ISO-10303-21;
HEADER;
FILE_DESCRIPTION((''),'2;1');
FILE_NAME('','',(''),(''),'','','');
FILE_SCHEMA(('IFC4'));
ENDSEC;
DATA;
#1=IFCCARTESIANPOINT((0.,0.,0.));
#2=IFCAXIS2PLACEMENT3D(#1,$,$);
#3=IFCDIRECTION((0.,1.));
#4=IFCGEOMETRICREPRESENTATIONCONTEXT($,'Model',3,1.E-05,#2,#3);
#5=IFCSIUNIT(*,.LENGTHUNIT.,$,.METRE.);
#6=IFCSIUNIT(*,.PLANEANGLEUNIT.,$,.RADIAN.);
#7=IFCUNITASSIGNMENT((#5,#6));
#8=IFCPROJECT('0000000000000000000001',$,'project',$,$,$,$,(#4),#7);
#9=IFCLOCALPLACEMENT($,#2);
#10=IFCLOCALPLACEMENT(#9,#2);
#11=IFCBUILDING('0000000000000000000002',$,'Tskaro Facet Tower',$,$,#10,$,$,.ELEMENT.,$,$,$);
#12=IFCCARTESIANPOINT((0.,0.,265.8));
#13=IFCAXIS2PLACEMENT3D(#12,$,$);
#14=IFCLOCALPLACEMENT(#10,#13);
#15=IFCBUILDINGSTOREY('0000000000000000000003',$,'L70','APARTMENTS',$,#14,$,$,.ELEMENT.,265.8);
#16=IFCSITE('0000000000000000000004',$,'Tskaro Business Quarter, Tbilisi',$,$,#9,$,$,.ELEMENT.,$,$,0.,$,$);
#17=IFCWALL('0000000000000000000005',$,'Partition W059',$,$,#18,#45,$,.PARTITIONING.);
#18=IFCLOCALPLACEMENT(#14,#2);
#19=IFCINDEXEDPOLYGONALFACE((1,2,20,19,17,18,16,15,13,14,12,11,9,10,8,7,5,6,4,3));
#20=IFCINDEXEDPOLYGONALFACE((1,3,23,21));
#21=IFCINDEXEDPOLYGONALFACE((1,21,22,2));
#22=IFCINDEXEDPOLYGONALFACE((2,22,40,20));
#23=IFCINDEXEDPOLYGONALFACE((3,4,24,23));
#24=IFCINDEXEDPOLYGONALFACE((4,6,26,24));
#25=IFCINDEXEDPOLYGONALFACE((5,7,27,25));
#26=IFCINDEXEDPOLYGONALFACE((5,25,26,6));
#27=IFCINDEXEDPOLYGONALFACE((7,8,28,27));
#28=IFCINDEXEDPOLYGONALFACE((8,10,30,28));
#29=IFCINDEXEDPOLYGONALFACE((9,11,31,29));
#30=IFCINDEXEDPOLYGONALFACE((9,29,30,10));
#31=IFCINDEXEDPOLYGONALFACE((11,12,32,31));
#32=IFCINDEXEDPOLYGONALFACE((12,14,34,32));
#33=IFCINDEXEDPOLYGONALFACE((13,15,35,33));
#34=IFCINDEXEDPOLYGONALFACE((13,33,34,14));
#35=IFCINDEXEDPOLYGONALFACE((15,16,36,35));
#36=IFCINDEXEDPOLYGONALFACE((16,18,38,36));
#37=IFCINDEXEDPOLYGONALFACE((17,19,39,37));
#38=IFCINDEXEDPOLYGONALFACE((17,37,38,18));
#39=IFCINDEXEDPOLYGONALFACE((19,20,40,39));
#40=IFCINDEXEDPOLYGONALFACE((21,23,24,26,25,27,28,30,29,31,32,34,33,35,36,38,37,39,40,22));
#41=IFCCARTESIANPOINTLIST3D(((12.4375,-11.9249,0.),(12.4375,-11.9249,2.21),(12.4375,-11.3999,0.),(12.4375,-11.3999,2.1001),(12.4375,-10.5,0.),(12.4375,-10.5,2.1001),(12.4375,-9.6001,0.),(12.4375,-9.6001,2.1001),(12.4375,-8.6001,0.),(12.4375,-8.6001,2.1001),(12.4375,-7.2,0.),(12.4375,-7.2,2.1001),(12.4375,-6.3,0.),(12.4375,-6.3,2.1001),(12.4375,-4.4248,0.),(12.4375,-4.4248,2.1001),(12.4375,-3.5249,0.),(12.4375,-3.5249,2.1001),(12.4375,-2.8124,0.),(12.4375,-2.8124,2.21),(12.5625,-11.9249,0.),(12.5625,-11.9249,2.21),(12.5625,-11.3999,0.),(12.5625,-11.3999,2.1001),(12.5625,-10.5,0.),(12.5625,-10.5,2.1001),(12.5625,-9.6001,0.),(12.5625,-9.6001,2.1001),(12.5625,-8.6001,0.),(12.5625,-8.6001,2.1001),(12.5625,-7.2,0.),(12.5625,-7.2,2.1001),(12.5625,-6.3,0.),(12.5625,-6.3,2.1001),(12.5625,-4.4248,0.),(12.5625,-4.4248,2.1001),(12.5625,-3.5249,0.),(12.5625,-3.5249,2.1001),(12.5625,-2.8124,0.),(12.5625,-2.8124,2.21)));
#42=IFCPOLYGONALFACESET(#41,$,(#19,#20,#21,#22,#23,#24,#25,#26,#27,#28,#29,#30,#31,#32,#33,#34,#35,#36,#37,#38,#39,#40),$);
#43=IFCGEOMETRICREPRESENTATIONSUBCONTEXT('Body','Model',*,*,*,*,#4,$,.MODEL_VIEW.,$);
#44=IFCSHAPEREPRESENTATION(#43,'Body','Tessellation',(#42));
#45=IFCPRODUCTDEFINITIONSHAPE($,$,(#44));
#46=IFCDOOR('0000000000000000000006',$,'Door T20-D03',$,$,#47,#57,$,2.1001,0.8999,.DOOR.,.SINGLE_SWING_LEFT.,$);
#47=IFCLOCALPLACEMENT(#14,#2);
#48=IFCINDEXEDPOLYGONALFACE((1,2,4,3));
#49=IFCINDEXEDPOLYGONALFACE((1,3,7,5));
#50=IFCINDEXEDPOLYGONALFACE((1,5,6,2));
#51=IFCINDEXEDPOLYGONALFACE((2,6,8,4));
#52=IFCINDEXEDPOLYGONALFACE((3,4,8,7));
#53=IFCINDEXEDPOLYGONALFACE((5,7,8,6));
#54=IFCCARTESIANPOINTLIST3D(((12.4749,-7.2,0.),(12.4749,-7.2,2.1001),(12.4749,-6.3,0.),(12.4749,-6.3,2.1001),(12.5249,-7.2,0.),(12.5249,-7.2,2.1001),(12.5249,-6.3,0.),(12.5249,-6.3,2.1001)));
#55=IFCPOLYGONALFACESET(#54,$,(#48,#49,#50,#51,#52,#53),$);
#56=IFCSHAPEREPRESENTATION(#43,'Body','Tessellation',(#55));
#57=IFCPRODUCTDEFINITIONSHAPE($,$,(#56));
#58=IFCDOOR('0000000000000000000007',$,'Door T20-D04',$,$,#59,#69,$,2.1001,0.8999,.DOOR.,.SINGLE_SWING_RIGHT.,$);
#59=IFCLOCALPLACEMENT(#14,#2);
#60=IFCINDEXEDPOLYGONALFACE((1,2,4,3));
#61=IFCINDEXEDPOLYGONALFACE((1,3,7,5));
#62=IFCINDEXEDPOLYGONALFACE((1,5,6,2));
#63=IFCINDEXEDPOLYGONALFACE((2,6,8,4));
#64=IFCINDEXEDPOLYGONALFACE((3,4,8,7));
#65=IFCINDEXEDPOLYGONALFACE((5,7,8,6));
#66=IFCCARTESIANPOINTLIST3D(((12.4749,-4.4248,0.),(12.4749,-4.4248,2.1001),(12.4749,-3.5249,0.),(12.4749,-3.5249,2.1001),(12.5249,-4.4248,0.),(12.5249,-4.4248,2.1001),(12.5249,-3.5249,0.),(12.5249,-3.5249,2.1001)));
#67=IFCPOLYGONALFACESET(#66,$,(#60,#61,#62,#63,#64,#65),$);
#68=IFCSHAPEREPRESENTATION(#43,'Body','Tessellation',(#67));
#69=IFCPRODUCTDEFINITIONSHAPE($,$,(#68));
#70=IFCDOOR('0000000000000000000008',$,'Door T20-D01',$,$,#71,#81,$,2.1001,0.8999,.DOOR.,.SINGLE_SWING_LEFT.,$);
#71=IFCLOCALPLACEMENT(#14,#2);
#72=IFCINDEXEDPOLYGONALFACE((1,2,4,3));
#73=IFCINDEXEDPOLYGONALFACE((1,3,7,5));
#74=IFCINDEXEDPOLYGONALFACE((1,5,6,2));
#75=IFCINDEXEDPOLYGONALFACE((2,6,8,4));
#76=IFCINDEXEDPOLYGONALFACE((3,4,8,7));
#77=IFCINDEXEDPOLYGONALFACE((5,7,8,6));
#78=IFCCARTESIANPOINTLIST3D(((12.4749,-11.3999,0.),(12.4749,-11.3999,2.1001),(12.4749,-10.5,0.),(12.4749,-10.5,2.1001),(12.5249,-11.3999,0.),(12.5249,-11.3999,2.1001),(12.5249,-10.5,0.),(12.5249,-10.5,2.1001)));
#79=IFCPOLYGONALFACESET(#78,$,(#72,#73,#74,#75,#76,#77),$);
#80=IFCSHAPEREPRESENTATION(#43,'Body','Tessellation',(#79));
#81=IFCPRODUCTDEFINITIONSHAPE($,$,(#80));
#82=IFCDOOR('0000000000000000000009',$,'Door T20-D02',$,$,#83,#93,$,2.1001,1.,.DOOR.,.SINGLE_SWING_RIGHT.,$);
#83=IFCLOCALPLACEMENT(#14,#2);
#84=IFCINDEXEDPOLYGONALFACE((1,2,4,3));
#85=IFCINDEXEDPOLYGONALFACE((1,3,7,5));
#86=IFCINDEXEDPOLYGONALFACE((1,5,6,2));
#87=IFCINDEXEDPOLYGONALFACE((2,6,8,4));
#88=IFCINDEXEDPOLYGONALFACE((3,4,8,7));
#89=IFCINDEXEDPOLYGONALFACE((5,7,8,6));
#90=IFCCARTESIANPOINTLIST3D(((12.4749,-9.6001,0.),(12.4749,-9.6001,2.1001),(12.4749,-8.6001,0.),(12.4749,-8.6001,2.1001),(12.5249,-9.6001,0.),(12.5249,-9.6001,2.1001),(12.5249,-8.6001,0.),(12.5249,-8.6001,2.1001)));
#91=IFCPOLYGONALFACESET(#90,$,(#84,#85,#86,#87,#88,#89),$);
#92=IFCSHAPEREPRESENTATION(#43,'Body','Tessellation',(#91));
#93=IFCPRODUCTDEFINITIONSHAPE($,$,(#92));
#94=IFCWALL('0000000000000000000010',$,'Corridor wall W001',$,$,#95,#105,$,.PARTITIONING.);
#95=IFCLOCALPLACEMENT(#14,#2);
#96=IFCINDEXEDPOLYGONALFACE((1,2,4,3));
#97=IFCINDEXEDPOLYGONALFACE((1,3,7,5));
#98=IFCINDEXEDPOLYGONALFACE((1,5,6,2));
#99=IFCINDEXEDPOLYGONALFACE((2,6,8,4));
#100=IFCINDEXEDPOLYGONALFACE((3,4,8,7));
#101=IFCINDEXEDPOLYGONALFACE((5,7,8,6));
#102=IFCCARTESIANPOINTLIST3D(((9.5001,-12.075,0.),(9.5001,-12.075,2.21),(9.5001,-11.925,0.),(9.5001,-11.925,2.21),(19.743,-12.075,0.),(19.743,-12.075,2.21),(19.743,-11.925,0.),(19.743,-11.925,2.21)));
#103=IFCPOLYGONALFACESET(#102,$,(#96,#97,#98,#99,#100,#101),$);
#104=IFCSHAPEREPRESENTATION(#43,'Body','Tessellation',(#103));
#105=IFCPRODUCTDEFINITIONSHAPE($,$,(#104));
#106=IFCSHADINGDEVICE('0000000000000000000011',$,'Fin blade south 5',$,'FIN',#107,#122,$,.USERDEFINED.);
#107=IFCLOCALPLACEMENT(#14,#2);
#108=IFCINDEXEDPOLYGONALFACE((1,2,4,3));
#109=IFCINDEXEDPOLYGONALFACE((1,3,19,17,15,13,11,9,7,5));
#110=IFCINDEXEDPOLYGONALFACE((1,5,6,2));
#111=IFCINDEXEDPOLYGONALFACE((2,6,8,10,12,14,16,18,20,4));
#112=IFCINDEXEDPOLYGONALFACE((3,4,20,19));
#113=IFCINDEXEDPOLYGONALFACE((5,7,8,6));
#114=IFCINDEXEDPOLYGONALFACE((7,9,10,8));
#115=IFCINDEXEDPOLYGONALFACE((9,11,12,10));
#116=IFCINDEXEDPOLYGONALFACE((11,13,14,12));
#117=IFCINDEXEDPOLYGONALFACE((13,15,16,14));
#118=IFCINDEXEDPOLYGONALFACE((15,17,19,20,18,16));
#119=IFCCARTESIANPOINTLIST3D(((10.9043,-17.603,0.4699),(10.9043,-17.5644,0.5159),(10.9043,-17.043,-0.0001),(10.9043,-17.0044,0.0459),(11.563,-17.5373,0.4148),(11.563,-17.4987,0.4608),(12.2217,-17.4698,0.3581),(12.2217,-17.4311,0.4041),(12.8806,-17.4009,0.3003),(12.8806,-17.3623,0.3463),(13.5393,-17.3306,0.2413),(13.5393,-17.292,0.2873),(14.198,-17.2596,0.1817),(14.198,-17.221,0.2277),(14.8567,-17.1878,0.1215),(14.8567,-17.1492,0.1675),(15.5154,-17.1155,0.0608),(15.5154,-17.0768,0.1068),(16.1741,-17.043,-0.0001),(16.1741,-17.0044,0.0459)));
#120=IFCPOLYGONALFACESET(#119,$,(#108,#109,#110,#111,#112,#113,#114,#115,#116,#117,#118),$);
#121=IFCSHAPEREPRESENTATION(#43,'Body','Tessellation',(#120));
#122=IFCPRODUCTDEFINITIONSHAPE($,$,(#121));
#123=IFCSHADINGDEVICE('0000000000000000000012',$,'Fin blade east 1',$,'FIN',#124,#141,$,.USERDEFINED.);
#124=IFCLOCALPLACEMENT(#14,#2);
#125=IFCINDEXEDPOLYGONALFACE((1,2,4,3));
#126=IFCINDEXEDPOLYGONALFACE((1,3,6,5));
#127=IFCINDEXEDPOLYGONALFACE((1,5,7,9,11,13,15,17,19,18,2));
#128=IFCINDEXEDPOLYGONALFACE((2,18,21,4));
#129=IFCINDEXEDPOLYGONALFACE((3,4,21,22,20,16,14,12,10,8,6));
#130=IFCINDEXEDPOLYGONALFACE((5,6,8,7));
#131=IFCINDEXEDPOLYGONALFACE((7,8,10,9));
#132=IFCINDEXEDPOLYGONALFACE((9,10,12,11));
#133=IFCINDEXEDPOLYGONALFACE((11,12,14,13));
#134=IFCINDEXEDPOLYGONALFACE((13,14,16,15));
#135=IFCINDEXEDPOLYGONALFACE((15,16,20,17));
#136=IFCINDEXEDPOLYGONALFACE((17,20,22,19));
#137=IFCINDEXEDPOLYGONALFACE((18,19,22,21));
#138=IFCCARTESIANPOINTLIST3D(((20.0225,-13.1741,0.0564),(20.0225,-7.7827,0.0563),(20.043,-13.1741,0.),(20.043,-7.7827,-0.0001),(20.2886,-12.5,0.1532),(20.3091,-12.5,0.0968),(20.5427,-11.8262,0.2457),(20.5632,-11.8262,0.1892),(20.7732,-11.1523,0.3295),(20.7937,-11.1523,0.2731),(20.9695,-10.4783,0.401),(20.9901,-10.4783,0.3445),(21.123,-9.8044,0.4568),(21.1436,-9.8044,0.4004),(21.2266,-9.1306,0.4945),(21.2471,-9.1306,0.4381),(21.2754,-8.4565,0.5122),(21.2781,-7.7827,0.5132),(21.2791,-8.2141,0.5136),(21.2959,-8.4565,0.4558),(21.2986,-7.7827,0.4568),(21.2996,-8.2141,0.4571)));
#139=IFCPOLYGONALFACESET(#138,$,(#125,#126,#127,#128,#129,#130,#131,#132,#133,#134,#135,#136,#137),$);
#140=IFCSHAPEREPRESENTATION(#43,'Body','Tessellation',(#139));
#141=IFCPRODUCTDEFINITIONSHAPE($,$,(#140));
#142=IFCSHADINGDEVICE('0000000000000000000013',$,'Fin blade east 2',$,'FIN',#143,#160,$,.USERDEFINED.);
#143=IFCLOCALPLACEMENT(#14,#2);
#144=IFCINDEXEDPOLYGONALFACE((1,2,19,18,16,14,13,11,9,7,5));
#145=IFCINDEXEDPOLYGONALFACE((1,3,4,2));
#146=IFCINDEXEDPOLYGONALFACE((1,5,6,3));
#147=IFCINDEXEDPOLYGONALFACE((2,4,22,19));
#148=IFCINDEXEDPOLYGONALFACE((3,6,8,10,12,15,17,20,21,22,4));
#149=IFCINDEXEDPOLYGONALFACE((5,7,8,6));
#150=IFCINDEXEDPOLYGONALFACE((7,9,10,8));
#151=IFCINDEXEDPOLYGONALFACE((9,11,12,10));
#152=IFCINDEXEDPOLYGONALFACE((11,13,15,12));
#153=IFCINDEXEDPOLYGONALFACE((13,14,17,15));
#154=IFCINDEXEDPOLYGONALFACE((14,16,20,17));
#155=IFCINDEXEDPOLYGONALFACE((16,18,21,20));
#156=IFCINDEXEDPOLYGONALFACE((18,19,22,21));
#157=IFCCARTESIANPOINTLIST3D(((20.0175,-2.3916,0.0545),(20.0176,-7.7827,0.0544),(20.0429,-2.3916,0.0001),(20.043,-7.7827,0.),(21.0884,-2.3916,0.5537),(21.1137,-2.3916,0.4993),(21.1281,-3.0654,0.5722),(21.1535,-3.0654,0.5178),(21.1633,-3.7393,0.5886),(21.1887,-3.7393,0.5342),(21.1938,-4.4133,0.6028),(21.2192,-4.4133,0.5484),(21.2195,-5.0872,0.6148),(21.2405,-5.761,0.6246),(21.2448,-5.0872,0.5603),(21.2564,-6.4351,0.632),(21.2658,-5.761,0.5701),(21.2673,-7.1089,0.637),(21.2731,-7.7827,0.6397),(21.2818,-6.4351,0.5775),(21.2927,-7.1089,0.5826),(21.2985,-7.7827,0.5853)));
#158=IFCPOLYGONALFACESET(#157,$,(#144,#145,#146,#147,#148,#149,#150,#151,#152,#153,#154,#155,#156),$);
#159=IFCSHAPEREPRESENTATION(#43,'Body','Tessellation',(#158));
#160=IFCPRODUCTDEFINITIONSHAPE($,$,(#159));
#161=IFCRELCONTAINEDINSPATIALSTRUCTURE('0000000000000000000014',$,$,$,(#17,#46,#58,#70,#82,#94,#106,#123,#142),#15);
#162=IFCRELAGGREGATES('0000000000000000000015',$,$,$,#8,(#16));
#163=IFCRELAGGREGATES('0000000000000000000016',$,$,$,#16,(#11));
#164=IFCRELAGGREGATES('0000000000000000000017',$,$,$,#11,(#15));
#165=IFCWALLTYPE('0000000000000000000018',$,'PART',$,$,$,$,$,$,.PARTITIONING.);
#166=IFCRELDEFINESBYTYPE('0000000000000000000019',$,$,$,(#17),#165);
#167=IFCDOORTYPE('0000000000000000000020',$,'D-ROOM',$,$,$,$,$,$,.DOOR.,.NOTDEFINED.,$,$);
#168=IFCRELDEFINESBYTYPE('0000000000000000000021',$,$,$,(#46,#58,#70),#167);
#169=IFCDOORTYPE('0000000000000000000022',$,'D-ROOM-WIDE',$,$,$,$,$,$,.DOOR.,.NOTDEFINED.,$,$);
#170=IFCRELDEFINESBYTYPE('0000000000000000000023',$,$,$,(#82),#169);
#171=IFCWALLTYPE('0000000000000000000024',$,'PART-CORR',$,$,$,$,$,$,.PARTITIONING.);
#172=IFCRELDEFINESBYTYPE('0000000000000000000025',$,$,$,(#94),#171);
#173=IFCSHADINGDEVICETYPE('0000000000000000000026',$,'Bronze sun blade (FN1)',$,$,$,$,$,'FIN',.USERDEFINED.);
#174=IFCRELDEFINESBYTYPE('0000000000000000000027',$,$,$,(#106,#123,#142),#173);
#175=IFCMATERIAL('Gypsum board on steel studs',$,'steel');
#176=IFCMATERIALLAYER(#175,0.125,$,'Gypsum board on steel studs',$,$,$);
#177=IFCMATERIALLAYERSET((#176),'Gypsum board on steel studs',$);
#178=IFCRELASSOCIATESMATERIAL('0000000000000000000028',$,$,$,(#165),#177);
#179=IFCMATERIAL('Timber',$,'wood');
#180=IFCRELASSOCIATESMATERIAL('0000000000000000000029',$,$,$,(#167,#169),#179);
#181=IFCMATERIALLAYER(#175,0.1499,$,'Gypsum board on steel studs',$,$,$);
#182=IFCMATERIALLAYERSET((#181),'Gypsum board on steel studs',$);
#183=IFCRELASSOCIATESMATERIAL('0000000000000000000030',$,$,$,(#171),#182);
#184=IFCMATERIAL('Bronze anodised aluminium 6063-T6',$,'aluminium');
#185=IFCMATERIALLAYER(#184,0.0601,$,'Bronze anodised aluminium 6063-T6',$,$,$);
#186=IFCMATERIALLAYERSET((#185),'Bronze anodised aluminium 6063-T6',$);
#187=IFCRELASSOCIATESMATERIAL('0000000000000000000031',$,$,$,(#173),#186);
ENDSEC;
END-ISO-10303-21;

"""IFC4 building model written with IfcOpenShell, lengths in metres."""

from ifc_helpers import new_model, si_unit, direction, frame, frame_2d, origin, place, context, subcontext, project, spatial, polyline, rectangle, outline, extrude, material, layer, layer_set, type_object, element, fill, save


model = new_model("IFC4")

# Units and contexts
model_context = context("Model", 3, precision=1e-05, world=origin(), true_north=direction((0.0, 1.0)))
body_context = subcontext(model_context, "Body", "Model", "MODEL_VIEW")
ifc_project = project(units=[si_unit("LENGTHUNIT", "METRE"), si_unit("PLANEANGLEUNIT", "RADIAN")], contexts=[model_context])

# Site, building, storey
site_placement = place(None, origin())
site = spatial("IfcSite", under=ifc_project, at=site_placement, Name="Tskaro Business Quarter, Tbilisi", CompositionType="ELEMENT", RefElevation=0.0)
building_placement = place(site_placement, origin())
building = spatial("IfcBuilding", under=site, at=building_placement, Name="Tskaro Facet Tower", CompositionType="ELEMENT")
storey_placement = place(building_placement, frame((0.0, 0.0, 265.8)))
storey = spatial("IfcBuildingStorey", under=building, at=storey_placement, Name="L70", Description="APARTMENTS", CompositionType="ELEMENT", Elevation=265.8)

# Shared definitions
ifc_material_1 = material(Name="Bronze anodised aluminium 6063-T6", Category="aluminium")

# Shared definitions
ifc_material_2 = material(Name="Gypsum board on steel studs", Category="steel")
ifc_layer_1 = layer(ifc_material_2, 0.125, Name="Gypsum board on steel studs")
ifc_layer_set_1 = layer_set([ifc_layer_1], Name="Gypsum board on steel studs")
wall_type_1 = type_object("IfcWallType", Name="PART", PredefinedType="PARTITIONING", material=ifc_layer_set_1)

# Wall, openings, doors
wall_1_placement = place(storey_placement, frame((12.5, -2.8125, 0.0), z_axis=(0.0, 0.0, 1.0), x_axis=(0.0, -1.0, 0.0)))
wall_1 = element("IfcWall", 1, at=wall_1_placement, inside=storey, type_object=wall_type_1, Name="Partition W059", PredefinedType="PARTITIONING", context=body_context, shape_type="SweptSolid", body=[
    extrude(rectangle(XDim=9.1125, YDim=0.125, at=frame_2d((4.5562, 0.0))), origin(), (0.0, 0.0, 1.0), 2.21),
])
opening_1_placement = place(wall_1_placement, frame((3.4875, 0.0, 0.0)))
opening_1 = element("IfcOpeningElement", 2, at=opening_1_placement, cuts=wall_1, PredefinedType="OPENING", context=body_context, shape_type="SweptSolid", body=[
    extrude(rectangle(XDim=0.8999, YDim=2.1001, at=frame_2d((0.45, 1.05))), frame((0.0, 0.0725, 0.0), z_axis=(0.0, -1.0, 0.0), x_axis=(1.0, 0.0, 0.0)), (0.0, 0.0, 1.0), 0.145),
])
opening_2_placement = place(wall_1_placement, frame((0.7124, 0.0, 0.0)))
opening_2 = element("IfcOpeningElement", 3, at=opening_2_placement, cuts=wall_1, PredefinedType="OPENING", context=body_context, shape_type="SweptSolid", body=[
    extrude(rectangle(XDim=0.8999, YDim=2.1001, at=frame_2d((0.45, 1.05))), frame((0.0, 0.0725, 0.0), z_axis=(0.0, -1.0, 0.0), x_axis=(1.0, 0.0, 0.0)), (0.0, 0.0, 1.0), 0.145),
])
opening_3_placement = place(wall_1_placement, frame((5.7876, 0.0, 0.0)))
opening_3 = element("IfcOpeningElement", 4, at=opening_3_placement, cuts=wall_1, PredefinedType="OPENING", context=body_context, shape_type="SweptSolid", body=[
    extrude(rectangle(XDim=1.0, YDim=2.1001, at=frame_2d((0.5, 1.05))), frame((0.0, 0.0725, 0.0), z_axis=(0.0, -1.0, 0.0), x_axis=(1.0, 0.0, 0.0)), (0.0, 0.0, 1.0), 0.145),
])
opening_4_placement = place(wall_1_placement, frame((7.6875, 0.0, 0.0)))
opening_4 = element("IfcOpeningElement", 5, at=opening_4_placement, cuts=wall_1, PredefinedType="OPENING", context=body_context, shape_type="SweptSolid", body=[
    extrude(rectangle(XDim=0.8999, YDim=2.1001, at=frame_2d((0.45, 1.05))), frame((0.0, 0.0725, 0.0), z_axis=(0.0, -1.0, 0.0), x_axis=(1.0, 0.0, 0.0)), (0.0, 0.0, 1.0), 0.145),
])
ifc_material_3 = material(Name="Timber", Category="wood")
door_type_1 = type_object("IfcDoorType", Name="D-ROOM", OperationType="NOTDEFINED", PredefinedType="DOOR", material=ifc_material_3)
door_1_placement = place(opening_1_placement, origin())
door_1 = element("IfcDoor", 6, at=door_1_placement, inside=storey, type_object=door_type_1, Name="Door T20-D03", OperationType="SINGLE_SWING_LEFT", OverallHeight=2.1001, OverallWidth=0.8999, PredefinedType="DOOR", context=body_context, shape_type="SweptSolid", body=[
    extrude(rectangle(XDim=0.8999, YDim=2.1001, at=frame_2d((0.45, 1.05))), frame((0.0, 0.0249, 0.0), z_axis=(0.0, -1.0, 0.0), x_axis=(1.0, 0.0, 0.0)), (0.0, 0.0, 1.0), 0.05),
])
fill(opening_1, door_1)
door_2_placement = place(opening_2_placement, origin())
door_2 = element("IfcDoor", 7, at=door_2_placement, inside=storey, type_object=door_type_1, Name="Door T20-D04", OperationType="SINGLE_SWING_RIGHT", OverallHeight=2.1001, OverallWidth=0.8999, PredefinedType="DOOR", context=body_context, shape_type="SweptSolid", body=[
    extrude(rectangle(XDim=0.8999, YDim=2.1001, at=frame_2d((0.45, 1.05))), frame((0.0, 0.0249, 0.0), z_axis=(0.0, -1.0, 0.0), x_axis=(1.0, 0.0, 0.0)), (0.0, 0.0, 1.0), 0.05),
])
fill(opening_2, door_2)
door_3_placement = place(opening_4_placement, origin())
door_3 = element("IfcDoor", 8, at=door_3_placement, inside=storey, type_object=door_type_1, Name="Door T20-D01", OperationType="SINGLE_SWING_LEFT", OverallHeight=2.1001, OverallWidth=0.8999, PredefinedType="DOOR", context=body_context, shape_type="SweptSolid", body=[
    extrude(rectangle(XDim=0.8999, YDim=2.1001, at=frame_2d((0.45, 1.05))), frame((0.0, 0.0249, 0.0), z_axis=(0.0, -1.0, 0.0), x_axis=(1.0, 0.0, 0.0)), (0.0, 0.0, 1.0), 0.05),
])
fill(opening_4, door_3)
door_type_2 = type_object("IfcDoorType", Name="D-ROOM-WIDE", OperationType="NOTDEFINED", PredefinedType="DOOR", material=ifc_material_3)
door_4_placement = place(opening_3_placement, origin())
door_4 = element("IfcDoor", 9, at=door_4_placement, inside=storey, type_object=door_type_2, Name="Door T20-D02", OperationType="SINGLE_SWING_RIGHT", OverallHeight=2.1001, OverallWidth=1.0, PredefinedType="DOOR", context=body_context, shape_type="SweptSolid", body=[
    extrude(rectangle(XDim=1.0, YDim=2.1001, at=frame_2d((0.5, 1.05))), frame((0.0, 0.0249, 0.0), z_axis=(0.0, -1.0, 0.0), x_axis=(1.0, 0.0, 0.0)), (0.0, 0.0, 1.0), 0.05),
])
fill(opening_3, door_4)

# Wall
ifc_layer_2 = layer(ifc_material_2, 0.1499, Name="Gypsum board on steel studs")
ifc_layer_set_2 = layer_set([ifc_layer_2], Name="Gypsum board on steel studs")
wall_type_2 = type_object("IfcWallType", Name="PART-CORR", PredefinedType="PARTITIONING", material=ifc_layer_set_2)
wall_2_placement = place(storey_placement, frame((9.5, -12.0, 0.0), z_axis=(0.0, 0.0, 1.0), x_axis=(1.0, 0.0, 0.0)))
element("IfcWall", 10, at=wall_2_placement, inside=storey, type_object=wall_type_2, Name="Corridor wall W001", PredefinedType="PARTITIONING", context=body_context, shape_type="SweptSolid", body=[
    extrude(rectangle(XDim=10.2429, YDim=0.1499, at=frame_2d((5.1216, 0.0))), origin(), (0.0, 0.0, 1.0), 2.21),
])

# Shading devices
ifc_layer_3 = layer(ifc_material_1, 0.0601, Name="Bronze anodised aluminium 6063-T6")
ifc_layer_set_3 = layer_set([ifc_layer_3], Name="Bronze anodised aluminium 6063-T6")
shading_device_type = type_object("IfcShadingDeviceType", Name="Bronze sun blade (FN1)", ElementType="FIN", PredefinedType="USERDEFINED", material=ifc_layer_set_3)
shading_device_1_placement = place(storey_placement, frame((10.9043, -17.0044, 0.0459), z_axis=(-0.000009, 0.642858, 0.765985), x_axis=(1.0, 0.000006, 0.000007)))
element("IfcShadingDevice", 11, at=shading_device_1_placement, inside=storey, type_object=shading_device_type, Name="Fin blade south 5", ObjectType="FIN", PredefinedType="USERDEFINED", context=body_context, shape_type="SweptSolid", body=[
    extrude(outline(polyline([(0.0, 0.0), (5.2698, 0.0), (4.6111, -0.0946), (3.9524, -0.1891), (3.2937, -0.2828), (2.635, -0.3755), (1.9763, -0.4672), (1.3174, -0.5571), (0.6587, -0.6453), (0.0, -0.7311), (0.0, 0.0)])), origin(), (0.0, 0.0, -1.0), 0.0601),
])
shading_device_2_placement = place(storey_placement, frame((20.0225, -13.1741, 0.0564), z_axis=(-0.341949, 0.000017, 0.939719), x_axis=(0.000006, 1.0, -0.000016)))
element("IfcShadingDevice", 12, at=shading_device_2_placement, inside=storey, type_object=shading_device_type, Name="Fin blade east 1", ObjectType="FIN", PredefinedType="USERDEFINED", context=body_context, shape_type="SweptSolid", body=[
    extrude(outline(polyline([(0.0, 0.0), (5.3914, 0.0), (5.3914, -1.3361), (4.96, -1.3372), (4.7175, -1.3333), (4.0435, -1.2814), (3.3696, -1.1712), (2.6958, -1.0078), (2.0217, -0.7989), (1.3479, -0.5536), (0.6741, -0.2832), (0.0, 0.0)])), origin(), (0.0, 0.0, -1.0), 0.0601),
])
shading_device_3_placement = place(storey_placement, frame((20.0176, -7.7827, 0.0544), z_axis=(-0.422514, -0.000018, 0.906356), x_axis=(-0.000008, 1.0, 0.000016)))
element("IfcShadingDevice", 13, at=shading_device_3_placement, inside=storey, type_object=shading_device_type, Name="Fin blade east 2", ObjectType="FIN", PredefinedType="USERDEFINED", context=body_context, shape_type="SweptSolid", body=[
    extrude(outline(polyline([(0.0, 0.0), (5.3911, 0.0), (5.3911, -1.1815), (4.7173, -1.2253), (4.0435, -1.2642), (3.3694, -1.2978), (2.6956, -1.3261), (2.0217, -1.3492), (1.3477, -1.3668), (0.6738, -1.3788), (0.0, -1.3853), (0.0, 0.0)])), origin(), (0.0, 0.0, -1.0), 0.0601),
])

save(model, "model.ifc")
